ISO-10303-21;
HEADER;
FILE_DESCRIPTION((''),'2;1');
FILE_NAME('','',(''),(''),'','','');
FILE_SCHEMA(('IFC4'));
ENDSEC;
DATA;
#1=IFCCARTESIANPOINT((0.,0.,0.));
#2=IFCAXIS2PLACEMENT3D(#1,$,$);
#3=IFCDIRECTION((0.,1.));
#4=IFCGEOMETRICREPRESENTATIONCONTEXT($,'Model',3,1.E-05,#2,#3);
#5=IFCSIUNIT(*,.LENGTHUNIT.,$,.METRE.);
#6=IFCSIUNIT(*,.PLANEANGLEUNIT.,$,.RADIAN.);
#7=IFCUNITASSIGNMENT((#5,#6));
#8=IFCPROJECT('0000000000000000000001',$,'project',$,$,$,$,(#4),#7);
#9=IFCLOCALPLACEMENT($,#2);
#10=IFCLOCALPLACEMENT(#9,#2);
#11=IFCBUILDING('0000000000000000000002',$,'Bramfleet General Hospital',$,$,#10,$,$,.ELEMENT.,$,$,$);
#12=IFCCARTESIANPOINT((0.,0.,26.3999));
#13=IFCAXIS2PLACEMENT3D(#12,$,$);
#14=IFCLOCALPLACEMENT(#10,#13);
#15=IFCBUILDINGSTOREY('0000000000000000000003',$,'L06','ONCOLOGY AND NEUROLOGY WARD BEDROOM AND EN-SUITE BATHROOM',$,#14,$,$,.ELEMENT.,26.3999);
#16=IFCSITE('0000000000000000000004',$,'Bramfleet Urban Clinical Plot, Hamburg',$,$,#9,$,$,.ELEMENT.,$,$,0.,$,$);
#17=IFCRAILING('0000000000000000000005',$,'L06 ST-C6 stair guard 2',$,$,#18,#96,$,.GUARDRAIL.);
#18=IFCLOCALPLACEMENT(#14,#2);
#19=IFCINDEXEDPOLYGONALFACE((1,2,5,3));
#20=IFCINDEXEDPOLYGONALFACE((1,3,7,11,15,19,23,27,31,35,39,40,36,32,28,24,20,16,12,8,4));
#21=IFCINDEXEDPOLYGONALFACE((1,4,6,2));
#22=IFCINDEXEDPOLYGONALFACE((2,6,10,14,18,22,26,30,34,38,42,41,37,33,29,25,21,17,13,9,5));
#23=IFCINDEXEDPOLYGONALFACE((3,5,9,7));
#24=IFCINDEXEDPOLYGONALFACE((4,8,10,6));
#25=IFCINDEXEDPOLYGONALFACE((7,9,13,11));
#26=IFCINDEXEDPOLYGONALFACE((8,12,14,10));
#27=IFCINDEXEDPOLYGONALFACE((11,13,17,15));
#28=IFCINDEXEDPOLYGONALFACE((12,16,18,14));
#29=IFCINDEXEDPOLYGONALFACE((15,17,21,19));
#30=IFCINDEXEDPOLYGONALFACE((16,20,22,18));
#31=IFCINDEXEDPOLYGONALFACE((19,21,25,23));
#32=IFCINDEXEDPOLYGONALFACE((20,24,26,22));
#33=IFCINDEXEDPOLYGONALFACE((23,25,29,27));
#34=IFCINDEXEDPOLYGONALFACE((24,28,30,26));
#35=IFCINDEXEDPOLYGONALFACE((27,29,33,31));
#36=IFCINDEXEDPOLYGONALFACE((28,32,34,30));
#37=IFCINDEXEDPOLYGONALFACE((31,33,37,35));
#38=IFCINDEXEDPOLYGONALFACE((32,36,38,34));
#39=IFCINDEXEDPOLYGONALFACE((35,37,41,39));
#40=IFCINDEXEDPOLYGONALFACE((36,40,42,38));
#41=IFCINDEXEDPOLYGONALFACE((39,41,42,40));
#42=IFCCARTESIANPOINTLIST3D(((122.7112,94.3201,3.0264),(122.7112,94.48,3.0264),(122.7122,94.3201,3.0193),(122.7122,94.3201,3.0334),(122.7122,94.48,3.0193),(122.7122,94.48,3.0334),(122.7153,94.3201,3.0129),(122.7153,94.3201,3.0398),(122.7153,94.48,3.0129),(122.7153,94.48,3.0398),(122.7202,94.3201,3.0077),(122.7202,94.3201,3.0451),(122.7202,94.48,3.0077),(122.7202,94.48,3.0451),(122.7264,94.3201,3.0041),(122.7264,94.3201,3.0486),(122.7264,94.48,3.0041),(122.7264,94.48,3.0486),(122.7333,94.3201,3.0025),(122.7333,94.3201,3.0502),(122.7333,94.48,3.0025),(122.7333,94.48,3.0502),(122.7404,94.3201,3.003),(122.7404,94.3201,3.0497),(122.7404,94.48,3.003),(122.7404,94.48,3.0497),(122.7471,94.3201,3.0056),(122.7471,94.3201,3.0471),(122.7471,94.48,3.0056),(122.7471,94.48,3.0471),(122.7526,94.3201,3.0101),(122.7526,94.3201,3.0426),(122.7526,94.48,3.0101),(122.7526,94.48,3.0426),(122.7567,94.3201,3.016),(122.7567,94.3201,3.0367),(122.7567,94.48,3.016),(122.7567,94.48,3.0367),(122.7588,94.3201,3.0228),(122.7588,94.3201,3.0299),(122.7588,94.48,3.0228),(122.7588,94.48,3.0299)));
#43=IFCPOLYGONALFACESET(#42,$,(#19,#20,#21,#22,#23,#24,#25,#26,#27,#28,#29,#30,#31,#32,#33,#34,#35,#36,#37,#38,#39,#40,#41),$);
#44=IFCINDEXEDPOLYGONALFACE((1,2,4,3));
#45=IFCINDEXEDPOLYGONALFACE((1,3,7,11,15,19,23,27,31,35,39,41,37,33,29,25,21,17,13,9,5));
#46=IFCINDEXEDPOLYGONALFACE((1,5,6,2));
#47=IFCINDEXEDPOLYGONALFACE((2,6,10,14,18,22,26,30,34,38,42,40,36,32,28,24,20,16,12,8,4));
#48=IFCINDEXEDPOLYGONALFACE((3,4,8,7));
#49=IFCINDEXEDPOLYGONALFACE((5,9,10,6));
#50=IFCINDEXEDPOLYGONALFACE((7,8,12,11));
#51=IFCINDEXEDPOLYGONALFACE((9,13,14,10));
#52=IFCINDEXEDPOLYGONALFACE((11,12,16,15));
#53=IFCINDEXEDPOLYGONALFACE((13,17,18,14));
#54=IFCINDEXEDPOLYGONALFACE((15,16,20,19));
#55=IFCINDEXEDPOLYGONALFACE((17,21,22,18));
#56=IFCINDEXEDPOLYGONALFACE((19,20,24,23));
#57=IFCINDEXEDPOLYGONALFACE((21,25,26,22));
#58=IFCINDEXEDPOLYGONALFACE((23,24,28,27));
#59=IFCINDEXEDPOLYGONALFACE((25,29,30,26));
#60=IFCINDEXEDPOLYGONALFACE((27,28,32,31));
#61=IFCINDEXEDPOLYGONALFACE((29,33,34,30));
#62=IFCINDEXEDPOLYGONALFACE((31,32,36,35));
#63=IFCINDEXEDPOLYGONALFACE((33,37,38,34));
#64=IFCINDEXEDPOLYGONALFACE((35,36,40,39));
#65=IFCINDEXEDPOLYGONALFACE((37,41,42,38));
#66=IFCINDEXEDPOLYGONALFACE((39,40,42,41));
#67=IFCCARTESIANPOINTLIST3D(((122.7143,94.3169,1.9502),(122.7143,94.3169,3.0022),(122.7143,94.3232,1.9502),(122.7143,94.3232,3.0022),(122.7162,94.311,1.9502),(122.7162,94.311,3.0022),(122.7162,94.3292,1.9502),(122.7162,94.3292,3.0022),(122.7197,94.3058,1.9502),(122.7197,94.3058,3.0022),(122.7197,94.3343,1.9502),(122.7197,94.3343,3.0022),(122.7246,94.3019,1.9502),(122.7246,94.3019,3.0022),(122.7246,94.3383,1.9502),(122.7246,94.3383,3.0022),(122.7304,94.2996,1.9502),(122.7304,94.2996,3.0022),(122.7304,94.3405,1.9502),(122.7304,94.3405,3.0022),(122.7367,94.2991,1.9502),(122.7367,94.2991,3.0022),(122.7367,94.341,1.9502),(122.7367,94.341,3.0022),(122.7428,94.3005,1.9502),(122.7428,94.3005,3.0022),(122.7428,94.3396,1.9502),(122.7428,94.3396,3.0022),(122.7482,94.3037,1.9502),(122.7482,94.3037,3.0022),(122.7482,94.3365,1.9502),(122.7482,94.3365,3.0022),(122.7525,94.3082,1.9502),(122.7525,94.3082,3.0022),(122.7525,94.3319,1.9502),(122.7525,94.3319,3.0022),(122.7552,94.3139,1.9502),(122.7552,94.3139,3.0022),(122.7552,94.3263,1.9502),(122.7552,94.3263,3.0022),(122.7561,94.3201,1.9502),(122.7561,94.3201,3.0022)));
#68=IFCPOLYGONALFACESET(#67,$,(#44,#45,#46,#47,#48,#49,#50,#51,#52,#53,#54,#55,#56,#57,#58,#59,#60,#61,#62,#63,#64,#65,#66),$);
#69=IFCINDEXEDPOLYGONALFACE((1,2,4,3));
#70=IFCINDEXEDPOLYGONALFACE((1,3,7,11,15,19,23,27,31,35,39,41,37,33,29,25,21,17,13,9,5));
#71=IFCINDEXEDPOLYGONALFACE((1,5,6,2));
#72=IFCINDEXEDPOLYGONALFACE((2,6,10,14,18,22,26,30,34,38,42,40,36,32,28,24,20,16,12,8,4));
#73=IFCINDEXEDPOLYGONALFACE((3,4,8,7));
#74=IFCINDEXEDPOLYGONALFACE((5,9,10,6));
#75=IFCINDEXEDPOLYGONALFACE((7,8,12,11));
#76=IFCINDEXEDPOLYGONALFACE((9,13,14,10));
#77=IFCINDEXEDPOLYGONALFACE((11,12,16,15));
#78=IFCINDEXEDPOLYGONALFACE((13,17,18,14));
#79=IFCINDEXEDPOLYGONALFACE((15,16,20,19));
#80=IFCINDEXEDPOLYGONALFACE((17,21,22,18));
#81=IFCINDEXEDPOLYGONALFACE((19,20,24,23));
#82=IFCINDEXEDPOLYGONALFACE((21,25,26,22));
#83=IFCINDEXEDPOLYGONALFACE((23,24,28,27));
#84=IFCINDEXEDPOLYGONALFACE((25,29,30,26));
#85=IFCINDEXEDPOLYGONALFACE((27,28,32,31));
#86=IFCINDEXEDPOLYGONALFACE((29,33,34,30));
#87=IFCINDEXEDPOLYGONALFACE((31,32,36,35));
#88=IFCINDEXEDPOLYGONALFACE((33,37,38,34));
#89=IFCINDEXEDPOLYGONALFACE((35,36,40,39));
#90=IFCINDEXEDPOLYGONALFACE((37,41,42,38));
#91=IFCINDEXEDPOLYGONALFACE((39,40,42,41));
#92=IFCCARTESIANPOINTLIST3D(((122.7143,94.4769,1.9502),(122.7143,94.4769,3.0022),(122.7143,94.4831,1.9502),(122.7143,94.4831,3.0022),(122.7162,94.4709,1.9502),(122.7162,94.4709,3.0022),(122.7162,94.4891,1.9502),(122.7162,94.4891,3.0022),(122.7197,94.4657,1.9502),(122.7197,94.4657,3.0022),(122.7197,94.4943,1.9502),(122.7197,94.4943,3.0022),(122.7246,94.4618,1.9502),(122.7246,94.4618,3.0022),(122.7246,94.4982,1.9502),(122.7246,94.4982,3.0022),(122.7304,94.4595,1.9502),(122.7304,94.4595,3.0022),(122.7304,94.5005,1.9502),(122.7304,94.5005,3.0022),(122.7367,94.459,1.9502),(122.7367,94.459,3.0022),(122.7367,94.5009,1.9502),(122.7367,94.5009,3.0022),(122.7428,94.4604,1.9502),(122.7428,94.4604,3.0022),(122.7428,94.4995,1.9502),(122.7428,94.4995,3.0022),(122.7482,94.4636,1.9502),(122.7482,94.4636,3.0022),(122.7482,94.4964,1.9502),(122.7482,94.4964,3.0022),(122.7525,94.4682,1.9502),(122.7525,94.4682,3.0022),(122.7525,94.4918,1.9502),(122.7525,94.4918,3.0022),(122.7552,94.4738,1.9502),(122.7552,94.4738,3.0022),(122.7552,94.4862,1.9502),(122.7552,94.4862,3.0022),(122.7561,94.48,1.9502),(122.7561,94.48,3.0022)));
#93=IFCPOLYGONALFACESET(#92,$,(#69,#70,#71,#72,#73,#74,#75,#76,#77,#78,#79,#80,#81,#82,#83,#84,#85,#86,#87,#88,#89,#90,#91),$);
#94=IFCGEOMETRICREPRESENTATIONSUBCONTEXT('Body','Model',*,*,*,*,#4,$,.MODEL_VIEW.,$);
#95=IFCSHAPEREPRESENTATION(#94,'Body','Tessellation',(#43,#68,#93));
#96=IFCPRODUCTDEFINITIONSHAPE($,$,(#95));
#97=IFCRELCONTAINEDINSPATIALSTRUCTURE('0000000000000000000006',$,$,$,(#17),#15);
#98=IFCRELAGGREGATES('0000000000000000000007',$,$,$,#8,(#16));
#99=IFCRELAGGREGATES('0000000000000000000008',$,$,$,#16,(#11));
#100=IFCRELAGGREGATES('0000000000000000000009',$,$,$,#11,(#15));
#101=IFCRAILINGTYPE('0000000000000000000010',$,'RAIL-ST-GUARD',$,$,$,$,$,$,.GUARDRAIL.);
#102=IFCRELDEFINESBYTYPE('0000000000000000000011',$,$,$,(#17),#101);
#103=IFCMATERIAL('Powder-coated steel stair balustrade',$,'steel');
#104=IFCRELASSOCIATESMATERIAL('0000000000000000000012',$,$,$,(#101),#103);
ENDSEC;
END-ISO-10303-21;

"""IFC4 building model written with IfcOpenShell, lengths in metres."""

from ifc_helpers import new_model, si_unit, direction, frame, origin, origin_2d, place, context, subcontext, project, spatial, circle, extrude, material, type_object, element, save


model = new_model("IFC4")

# Units and contexts
model_context = context("Model", 3, precision=1e-05, world=origin(), true_north=direction((0.0, 1.0)))
body_context = subcontext(model_context, "Body", "Model", "MODEL_VIEW")
ifc_project = project(units=[si_unit("LENGTHUNIT", "METRE"), si_unit("PLANEANGLEUNIT", "RADIAN")], contexts=[model_context])

# Site, building, storey
site_placement = place(None, origin())
site = spatial("IfcSite", under=ifc_project, at=site_placement, Name="Bramfleet Urban Clinical Plot, Hamburg", CompositionType="ELEMENT", RefElevation=0.0)
building_placement = place(site_placement, origin())
building = spatial("IfcBuilding", under=site, at=building_placement, Name="Bramfleet General Hospital", CompositionType="ELEMENT")
storey_placement = place(building_placement, frame((0.0, 0.0, 26.3999)))
storey = spatial("IfcBuildingStorey", under=building, at=storey_placement, Name="L06", Description="ONCOLOGY AND NEUROLOGY WARD BEDROOM AND EN-SUITE BATHROOM", CompositionType="ELEMENT", Elevation=26.3999)

# Railing
ifc_material_1 = material(Name="Powder-coated steel stair balustrade", Category="steel")
railing_type_1 = type_object("IfcRailingType", Name="RAIL-ST-GUARD", PredefinedType="GUARDRAIL", material=ifc_material_1)
railing_1_placement = place(storey_placement, frame((122.7351, 94.3201, 1.9502)))
element("IfcRailing", 1, at=railing_1_placement, inside=storey, type_object=railing_type_1, Name="L06 ST-C6 stair guard 2", PredefinedType="GUARDRAIL", context=body_context, shape_type="SweptSolid", body=[
    extrude(circle(Radius=0.0239, at=origin_2d()), frame((0.0, 0.0, 1.0762), z_axis=(0.0, 1.0, 0.0), x_axis=(-1.0, 0.0, 0.0)), (0.0, 0.0, 1.0), 0.1599),
    extrude(circle(Radius=0.021, at=origin_2d()), origin(), (0.0, 0.0, 1.0), 1.052),
    extrude(circle(Radius=0.021, at=origin_2d()), frame((0.0, 0.1599, 0.0)), (0.0, 0.0, 1.0), 1.052),
])

save(model, "model.ifc")
